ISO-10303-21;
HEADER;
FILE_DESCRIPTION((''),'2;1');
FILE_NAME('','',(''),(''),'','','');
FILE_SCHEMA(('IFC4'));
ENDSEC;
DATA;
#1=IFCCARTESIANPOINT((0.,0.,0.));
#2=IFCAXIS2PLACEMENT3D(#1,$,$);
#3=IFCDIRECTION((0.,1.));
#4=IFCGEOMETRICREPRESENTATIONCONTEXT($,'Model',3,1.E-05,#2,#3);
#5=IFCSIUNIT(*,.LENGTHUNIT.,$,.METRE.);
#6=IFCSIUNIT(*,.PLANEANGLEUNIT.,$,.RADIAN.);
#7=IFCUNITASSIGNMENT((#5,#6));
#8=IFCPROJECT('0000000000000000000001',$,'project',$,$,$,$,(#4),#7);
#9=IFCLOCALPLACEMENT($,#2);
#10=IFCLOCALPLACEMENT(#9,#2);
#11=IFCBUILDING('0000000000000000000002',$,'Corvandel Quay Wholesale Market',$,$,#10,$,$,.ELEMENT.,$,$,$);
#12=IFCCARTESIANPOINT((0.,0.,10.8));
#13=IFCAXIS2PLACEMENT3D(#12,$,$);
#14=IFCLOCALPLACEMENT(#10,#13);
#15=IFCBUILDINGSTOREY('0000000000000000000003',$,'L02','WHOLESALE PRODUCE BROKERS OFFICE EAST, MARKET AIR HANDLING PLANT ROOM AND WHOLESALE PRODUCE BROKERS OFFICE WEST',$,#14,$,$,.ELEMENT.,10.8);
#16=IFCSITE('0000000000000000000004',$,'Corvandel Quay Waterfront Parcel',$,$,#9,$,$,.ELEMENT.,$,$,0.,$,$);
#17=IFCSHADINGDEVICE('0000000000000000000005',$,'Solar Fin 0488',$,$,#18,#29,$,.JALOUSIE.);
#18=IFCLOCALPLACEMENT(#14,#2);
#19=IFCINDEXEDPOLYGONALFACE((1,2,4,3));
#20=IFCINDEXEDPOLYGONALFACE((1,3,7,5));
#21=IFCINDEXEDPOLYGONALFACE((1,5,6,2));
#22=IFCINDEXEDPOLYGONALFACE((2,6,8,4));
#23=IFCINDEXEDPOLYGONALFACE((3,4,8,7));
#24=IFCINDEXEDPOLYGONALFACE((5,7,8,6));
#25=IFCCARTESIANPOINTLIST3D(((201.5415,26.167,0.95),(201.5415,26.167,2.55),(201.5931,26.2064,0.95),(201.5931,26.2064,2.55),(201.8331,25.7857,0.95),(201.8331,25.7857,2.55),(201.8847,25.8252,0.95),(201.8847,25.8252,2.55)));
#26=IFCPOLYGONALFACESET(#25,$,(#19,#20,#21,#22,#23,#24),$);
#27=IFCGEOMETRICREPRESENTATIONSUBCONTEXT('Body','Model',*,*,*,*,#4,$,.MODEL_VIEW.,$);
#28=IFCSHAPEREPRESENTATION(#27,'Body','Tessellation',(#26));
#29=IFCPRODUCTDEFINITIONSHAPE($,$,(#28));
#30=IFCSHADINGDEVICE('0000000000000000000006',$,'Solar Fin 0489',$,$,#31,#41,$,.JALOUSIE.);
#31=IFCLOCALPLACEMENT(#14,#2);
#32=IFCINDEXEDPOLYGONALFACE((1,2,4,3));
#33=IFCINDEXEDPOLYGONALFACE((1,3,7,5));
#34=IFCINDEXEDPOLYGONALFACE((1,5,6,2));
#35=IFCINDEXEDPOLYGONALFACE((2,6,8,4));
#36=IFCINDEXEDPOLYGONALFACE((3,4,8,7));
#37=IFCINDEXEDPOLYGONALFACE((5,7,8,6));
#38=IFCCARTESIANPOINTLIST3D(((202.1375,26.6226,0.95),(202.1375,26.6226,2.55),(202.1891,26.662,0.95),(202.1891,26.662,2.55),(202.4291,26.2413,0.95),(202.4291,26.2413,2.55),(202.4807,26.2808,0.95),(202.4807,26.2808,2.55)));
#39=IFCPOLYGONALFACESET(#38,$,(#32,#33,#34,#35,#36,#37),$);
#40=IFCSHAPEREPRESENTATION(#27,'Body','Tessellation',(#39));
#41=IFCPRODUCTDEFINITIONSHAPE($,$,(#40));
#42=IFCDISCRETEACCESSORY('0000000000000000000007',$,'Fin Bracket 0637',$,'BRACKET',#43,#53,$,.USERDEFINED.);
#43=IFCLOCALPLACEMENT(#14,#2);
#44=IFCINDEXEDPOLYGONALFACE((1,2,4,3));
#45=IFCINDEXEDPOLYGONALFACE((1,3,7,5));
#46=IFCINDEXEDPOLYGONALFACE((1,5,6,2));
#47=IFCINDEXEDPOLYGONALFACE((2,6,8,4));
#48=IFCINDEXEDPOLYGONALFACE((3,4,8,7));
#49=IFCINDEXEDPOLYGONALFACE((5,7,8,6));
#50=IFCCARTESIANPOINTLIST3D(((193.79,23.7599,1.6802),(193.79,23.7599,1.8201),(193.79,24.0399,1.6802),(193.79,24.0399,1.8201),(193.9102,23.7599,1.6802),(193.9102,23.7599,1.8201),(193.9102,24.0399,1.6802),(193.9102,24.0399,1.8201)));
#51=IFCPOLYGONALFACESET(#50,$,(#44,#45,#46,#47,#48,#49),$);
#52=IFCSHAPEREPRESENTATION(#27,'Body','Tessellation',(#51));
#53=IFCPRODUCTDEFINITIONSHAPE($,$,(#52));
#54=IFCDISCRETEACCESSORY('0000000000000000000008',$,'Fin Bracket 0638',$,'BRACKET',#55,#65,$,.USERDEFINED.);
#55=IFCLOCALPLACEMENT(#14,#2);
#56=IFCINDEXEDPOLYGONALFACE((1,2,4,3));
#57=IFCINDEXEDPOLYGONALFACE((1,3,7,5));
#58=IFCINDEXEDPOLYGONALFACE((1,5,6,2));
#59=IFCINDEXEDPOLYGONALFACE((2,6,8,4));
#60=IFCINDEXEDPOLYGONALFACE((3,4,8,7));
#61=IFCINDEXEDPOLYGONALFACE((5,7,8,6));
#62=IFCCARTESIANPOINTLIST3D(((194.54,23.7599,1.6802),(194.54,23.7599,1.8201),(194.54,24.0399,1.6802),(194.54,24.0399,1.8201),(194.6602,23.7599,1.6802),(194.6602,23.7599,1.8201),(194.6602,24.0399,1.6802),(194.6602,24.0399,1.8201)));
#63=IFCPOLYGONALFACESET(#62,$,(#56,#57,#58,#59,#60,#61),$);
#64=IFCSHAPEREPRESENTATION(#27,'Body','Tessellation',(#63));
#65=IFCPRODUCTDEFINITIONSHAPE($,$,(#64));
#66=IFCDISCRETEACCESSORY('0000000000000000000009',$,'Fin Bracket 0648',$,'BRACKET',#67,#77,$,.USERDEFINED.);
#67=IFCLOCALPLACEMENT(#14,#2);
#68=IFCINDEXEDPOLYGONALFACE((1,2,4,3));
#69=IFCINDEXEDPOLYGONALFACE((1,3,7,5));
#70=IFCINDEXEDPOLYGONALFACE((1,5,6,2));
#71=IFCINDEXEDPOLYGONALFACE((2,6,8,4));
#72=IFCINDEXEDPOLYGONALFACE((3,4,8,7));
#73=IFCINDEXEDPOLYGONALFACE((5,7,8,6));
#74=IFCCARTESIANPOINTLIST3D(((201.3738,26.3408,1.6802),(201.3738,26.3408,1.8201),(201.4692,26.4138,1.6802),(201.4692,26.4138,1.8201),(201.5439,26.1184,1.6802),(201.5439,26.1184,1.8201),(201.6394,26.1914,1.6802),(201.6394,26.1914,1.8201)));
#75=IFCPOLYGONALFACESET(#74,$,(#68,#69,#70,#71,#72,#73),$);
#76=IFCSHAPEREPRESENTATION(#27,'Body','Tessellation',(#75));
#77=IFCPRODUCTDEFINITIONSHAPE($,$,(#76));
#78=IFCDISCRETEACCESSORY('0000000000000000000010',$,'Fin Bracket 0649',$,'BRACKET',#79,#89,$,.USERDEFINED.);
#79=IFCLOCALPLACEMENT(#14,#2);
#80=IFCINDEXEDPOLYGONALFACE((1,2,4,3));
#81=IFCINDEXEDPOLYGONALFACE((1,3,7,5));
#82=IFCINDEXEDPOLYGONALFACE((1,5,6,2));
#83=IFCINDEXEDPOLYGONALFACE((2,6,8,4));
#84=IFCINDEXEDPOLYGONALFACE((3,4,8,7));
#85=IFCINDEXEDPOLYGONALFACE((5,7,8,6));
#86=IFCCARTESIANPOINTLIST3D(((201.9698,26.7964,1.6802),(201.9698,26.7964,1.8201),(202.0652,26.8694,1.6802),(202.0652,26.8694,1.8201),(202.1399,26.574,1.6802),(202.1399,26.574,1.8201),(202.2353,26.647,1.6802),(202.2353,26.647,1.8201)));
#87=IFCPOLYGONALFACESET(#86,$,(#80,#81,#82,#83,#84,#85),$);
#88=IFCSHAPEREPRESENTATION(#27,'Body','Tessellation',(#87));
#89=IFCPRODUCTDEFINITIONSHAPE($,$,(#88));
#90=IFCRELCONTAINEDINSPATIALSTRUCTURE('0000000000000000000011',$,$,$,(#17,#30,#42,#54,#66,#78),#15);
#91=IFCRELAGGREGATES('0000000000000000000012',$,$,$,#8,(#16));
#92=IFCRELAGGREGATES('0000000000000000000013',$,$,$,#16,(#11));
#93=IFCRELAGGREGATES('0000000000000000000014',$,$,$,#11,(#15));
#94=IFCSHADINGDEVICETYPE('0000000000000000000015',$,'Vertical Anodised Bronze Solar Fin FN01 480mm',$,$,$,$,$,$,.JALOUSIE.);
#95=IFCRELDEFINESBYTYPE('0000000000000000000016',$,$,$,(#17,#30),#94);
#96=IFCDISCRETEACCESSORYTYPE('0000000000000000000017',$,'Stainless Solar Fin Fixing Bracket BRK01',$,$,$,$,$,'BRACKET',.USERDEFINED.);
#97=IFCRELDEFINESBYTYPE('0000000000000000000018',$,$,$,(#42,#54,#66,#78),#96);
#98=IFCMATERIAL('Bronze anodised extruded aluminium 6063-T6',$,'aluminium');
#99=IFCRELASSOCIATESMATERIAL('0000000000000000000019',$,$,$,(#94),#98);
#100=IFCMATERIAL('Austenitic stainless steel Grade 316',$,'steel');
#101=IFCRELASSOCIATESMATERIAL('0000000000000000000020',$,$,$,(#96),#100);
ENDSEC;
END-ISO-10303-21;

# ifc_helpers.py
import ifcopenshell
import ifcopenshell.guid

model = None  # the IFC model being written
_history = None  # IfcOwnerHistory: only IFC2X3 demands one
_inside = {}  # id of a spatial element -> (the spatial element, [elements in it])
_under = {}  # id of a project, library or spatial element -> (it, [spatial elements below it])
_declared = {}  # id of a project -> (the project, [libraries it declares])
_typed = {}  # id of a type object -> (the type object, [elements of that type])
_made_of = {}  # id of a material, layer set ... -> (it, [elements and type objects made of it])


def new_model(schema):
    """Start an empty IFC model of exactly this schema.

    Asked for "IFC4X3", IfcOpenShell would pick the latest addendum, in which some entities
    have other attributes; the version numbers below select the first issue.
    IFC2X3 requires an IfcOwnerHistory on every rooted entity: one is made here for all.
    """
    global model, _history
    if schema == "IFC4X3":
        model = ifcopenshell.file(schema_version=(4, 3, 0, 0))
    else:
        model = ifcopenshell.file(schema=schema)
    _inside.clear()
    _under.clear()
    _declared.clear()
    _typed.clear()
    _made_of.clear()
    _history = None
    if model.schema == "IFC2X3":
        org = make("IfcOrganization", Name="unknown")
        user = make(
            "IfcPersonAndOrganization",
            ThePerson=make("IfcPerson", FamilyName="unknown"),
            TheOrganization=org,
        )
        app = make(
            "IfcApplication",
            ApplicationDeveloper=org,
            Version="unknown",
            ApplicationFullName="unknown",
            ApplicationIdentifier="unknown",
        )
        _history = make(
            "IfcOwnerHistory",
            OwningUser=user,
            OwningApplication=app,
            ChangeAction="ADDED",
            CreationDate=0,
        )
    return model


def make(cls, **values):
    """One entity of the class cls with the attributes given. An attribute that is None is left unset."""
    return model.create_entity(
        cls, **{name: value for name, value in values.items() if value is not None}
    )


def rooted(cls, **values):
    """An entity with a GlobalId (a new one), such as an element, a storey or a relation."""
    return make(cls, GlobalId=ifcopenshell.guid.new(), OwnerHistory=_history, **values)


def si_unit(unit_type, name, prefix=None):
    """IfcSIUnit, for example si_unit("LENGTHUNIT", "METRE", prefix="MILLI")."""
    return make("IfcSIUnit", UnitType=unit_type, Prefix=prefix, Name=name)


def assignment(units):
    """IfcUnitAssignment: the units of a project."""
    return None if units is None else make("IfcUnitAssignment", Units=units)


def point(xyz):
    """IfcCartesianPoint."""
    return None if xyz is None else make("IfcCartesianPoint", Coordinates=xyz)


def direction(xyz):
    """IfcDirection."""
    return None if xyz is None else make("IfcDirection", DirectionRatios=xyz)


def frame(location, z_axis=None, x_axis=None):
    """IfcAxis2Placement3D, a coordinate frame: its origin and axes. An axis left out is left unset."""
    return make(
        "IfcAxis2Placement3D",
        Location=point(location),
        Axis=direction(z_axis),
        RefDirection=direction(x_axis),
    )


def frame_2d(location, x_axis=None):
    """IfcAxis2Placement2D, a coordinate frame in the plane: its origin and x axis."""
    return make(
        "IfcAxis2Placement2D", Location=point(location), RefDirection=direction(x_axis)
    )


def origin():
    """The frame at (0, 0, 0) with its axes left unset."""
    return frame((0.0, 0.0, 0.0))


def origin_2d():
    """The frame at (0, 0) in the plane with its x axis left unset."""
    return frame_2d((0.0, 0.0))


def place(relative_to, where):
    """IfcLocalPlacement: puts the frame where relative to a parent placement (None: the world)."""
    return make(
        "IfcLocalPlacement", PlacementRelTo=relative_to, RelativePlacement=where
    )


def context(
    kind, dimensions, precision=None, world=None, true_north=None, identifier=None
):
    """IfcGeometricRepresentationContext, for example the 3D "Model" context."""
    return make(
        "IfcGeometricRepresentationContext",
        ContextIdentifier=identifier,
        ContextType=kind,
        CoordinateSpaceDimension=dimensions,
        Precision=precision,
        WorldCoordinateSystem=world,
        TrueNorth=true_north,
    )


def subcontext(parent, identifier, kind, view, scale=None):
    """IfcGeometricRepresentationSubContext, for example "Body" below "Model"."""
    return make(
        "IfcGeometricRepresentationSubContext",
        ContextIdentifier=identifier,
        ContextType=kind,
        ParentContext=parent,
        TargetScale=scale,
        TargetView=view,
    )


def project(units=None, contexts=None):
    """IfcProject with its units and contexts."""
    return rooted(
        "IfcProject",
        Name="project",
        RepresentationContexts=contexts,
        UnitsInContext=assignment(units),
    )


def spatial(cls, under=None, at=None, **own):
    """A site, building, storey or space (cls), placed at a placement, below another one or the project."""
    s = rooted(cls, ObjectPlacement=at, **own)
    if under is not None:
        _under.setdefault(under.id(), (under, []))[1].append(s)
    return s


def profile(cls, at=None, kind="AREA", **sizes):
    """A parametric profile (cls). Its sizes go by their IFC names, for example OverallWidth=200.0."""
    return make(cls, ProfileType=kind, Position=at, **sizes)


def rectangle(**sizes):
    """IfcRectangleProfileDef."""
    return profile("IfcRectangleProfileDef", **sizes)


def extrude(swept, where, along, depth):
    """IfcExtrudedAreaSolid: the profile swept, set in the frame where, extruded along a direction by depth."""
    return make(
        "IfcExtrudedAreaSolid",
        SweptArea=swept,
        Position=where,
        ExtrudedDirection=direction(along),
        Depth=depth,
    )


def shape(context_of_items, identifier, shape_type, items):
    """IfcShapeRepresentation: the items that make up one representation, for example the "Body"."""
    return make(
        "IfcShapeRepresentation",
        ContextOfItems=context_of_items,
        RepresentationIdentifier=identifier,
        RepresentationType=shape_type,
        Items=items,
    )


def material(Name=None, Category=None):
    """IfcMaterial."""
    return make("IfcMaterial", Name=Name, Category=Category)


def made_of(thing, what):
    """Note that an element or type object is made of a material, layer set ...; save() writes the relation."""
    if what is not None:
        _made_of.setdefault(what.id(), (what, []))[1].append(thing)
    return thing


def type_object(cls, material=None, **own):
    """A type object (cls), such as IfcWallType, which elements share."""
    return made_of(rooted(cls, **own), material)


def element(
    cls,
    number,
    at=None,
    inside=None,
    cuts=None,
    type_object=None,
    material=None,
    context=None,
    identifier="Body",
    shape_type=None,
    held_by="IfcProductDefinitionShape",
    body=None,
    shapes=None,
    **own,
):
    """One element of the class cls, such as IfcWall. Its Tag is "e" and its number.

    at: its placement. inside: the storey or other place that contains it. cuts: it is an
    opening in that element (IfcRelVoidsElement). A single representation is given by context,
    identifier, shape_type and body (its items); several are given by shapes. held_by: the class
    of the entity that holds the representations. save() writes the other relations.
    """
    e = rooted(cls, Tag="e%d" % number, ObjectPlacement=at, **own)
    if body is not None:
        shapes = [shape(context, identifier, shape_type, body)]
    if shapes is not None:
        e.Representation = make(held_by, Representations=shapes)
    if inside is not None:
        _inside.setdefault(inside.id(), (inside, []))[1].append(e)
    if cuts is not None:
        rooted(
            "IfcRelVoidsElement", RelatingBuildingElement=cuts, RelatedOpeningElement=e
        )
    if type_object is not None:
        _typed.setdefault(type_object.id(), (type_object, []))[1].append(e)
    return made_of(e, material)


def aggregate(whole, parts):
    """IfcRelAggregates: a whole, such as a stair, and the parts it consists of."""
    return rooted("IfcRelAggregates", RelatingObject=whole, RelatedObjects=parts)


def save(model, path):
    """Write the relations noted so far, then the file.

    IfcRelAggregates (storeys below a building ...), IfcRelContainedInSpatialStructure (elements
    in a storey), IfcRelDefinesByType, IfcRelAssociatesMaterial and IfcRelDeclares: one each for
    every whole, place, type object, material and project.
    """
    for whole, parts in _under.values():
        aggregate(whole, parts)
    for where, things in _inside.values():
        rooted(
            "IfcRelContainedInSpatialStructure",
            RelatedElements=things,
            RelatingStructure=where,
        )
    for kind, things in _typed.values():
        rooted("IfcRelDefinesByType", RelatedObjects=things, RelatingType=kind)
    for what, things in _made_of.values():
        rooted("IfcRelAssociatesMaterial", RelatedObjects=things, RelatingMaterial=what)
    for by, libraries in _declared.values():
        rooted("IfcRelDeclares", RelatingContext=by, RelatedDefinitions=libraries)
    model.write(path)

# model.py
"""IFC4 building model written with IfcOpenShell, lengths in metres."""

from ifc_helpers import new_model, si_unit, direction, frame, origin, origin_2d, place, context, subcontext, project, spatial, rectangle, extrude, material, type_object, element, save


model = new_model("IFC4")

# Units and contexts
model_context = context("Model", 3, precision=1e-05, world=origin(), true_north=direction((0.0, 1.0)))
body_context = subcontext(model_context, "Body", "Model", "MODEL_VIEW")
ifc_project = project(units=[si_unit("LENGTHUNIT", "METRE"), si_unit("PLANEANGLEUNIT", "RADIAN")], contexts=[model_context])

# Site, building, storey
site_placement = place(None, origin())
site = spatial("IfcSite", under=ifc_project, at=site_placement, Name="Corvandel Quay Waterfront Parcel", CompositionType="ELEMENT", RefElevation=0.0)
building_placement = place(site_placement, origin())
building = spatial("IfcBuilding", under=site, at=building_placement, Name="Corvandel Quay Wholesale Market", CompositionType="ELEMENT")
storey_placement = place(building_placement, frame((0.0, 0.0, 10.8)))
storey = spatial("IfcBuildingStorey", under=building, at=storey_placement, Name="L02", Description="WHOLESALE PRODUCE BROKERS OFFICE EAST, MARKET AIR HANDLING PLANT ROOM AND WHOLESALE PRODUCE BROKERS OFFICE WEST", CompositionType="ELEMENT", Elevation=10.8)

# Shading devices
ifc_material_1 = material(Name="Bronze anodised extruded aluminium 6063-T6", Category="aluminium")
shading_device_type = type_object("IfcShadingDeviceType", Name="Vertical Anodised Bronze Solar Fin FN01 480mm", PredefinedType="JALOUSIE", material=ifc_material_1)
for number, where, z_axis, x_axis, name in (
    (1, (201.7131, 25.9961, 0.95), (0.0, 0.0, 1.0), (-0.607514, 0.794309, 0.0), "Solar Fin 0488"),
    (2, (202.3091, 26.4517, 0.95), (0.0, 0.0, 1.0), (-0.607514, 0.794309, 0.0), "Solar Fin 0489"),
):
    element("IfcShadingDevice", number, at=place(storey_placement, frame(where, z_axis=z_axis, x_axis=x_axis)), inside=storey, type_object=shading_device_type, Name=name, PredefinedType="JALOUSIE", context=body_context, shape_type="SweptSolid", body=[
        extrude(rectangle(XDim=0.48, YDim=0.0649, at=origin_2d()), origin(), (0.0, 0.0, 1.0), 1.6001),
    ])

# Discrete accessories
ifc_material_2 = material(Name="Austenitic stainless steel Grade 316", Category="steel")
discrete_accessory_type = type_object("IfcDiscreteAccessoryType", Name="Stainless Solar Fin Fixing Bracket BRK01", ElementType="BRACKET", PredefinedType="USERDEFINED", material=ifc_material_2)
for number, where, z_axis, x_axis, name in (
    (3, (193.8501, 23.8999, 1.6802), (0.0, 0.0, 1.0), (0.0, 1.0, 0.0), "Fin Bracket 0637"),
    (4, (194.6001, 23.8999, 1.6802), (0.0, 0.0, 1.0), (0.0, 1.0, 0.0), "Fin Bracket 0638"),
    (5, (201.5066, 26.2661, 1.6802), (0.0, 0.0, 1.0), (-0.607514, 0.794309, 0.0), "Fin Bracket 0648"),
    (6, (202.1025, 26.7217, 1.6802), (0.0, 0.0, 1.0), (-0.607514, 0.794309, 0.0), "Fin Bracket 0649"),
):
    element("IfcDiscreteAccessory", number, at=place(storey_placement, frame(where, z_axis=z_axis, x_axis=x_axis)), inside=storey, type_object=discrete_accessory_type, Name=name, ObjectType="BRACKET", PredefinedType="USERDEFINED", context=body_context, shape_type="SweptSolid", body=[
        extrude(rectangle(XDim=0.28, YDim=0.1201, at=origin_2d()), origin(), (0.0, 0.0, 1.0), 0.1399),
    ])

save(model, "model.ifc")
